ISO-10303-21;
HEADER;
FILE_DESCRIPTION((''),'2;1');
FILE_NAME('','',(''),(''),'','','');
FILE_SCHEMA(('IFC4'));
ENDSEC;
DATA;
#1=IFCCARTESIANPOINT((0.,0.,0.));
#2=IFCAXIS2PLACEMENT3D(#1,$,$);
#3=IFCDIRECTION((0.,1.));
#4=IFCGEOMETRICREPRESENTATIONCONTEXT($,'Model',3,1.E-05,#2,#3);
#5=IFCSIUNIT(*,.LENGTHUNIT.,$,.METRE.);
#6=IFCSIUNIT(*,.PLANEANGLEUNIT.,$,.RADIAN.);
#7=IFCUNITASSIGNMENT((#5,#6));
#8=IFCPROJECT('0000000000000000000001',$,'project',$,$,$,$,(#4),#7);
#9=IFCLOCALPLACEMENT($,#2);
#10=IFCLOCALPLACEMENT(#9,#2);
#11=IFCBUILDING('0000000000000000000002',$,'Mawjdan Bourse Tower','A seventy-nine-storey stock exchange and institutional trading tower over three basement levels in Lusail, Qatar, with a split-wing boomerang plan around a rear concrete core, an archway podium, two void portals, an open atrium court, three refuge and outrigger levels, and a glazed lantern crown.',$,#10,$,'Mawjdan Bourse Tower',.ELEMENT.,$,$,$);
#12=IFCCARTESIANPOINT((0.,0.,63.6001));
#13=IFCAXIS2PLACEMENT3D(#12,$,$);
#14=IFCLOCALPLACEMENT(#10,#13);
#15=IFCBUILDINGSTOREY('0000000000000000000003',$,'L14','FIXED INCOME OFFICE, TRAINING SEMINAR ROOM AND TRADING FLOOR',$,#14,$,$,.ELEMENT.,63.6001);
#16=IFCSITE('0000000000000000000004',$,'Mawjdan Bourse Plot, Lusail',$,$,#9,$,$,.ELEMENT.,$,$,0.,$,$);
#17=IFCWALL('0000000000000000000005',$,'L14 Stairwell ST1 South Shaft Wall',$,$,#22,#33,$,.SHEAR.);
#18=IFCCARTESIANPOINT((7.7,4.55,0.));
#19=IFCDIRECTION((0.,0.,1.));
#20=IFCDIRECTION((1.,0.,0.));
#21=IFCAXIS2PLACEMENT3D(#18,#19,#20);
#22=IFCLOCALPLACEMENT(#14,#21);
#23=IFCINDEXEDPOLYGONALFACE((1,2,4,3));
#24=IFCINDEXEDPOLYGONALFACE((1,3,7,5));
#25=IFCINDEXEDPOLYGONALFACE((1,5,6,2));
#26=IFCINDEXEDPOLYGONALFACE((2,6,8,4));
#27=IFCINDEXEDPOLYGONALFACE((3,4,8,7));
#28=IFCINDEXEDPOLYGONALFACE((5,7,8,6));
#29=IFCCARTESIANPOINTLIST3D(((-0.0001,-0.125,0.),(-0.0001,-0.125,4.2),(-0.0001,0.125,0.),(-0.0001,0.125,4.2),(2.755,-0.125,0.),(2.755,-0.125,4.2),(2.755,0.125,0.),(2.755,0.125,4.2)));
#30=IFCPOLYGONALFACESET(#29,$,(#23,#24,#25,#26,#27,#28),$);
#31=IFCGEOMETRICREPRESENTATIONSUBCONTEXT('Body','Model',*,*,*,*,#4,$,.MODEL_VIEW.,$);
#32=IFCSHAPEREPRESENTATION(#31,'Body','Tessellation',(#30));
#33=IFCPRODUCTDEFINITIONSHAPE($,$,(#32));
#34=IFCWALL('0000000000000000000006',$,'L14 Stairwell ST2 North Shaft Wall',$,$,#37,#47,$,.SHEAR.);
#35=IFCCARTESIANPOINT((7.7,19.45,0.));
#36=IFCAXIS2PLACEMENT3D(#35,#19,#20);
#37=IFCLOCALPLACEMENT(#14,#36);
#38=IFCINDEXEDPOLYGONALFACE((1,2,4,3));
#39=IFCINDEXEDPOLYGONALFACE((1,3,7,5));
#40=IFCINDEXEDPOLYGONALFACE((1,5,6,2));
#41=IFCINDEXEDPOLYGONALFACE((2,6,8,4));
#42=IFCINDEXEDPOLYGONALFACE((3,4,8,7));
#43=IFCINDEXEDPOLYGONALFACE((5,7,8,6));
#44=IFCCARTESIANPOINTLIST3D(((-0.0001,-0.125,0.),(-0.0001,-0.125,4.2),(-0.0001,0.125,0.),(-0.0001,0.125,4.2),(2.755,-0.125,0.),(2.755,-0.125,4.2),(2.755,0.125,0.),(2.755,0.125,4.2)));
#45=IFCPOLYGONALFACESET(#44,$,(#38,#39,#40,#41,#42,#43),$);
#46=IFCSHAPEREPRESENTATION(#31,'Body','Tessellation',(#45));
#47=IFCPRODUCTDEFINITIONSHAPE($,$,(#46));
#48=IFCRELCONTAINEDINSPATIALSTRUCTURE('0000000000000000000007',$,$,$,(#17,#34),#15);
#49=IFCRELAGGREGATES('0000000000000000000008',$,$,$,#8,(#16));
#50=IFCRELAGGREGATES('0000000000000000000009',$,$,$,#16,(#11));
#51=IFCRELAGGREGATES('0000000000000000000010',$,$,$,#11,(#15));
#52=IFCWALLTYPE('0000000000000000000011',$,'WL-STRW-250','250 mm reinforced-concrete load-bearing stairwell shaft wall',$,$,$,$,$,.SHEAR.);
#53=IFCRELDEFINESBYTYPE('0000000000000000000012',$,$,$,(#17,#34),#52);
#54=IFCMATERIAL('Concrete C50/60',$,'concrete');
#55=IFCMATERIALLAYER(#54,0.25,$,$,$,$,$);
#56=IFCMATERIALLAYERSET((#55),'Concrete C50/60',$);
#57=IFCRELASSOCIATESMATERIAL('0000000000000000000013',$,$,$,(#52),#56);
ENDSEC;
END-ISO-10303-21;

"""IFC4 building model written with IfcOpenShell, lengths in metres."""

from ifc_helpers import new_model, si_unit, direction, frame, frame_2d, origin, place, context, subcontext, project, spatial, rectangle, extrude, material, layer, layer_set, type_object, element, save


model = new_model("IFC4")

# Units and contexts
model_context = context("Model", 3, precision=1e-05, world=origin(), true_north=direction((0.0, 1.0)))
body_context = subcontext(model_context, "Body", "Model", "MODEL_VIEW")
ifc_project = project(units=[si_unit("LENGTHUNIT", "METRE"), si_unit("PLANEANGLEUNIT", "RADIAN")], contexts=[model_context])

# Site, building, storey
site_placement = place(None, origin())
site = spatial("IfcSite", under=ifc_project, at=site_placement, Name="Mawjdan Bourse Plot, Lusail", CompositionType="ELEMENT", RefElevation=0.0)
building_placement = place(site_placement, origin())
building = spatial("IfcBuilding", under=site, at=building_placement, Name="Mawjdan Bourse Tower", Description="A seventy-nine-storey stock exchange and institutional trading tower over three basement levels in Lusail, Qatar, with a split-wing boomerang plan around a rear concrete core, an archway podium, two void portals, an open atrium court, three refuge and outrigger levels, and a glazed lantern crown.", LongName="Mawjdan Bourse Tower", CompositionType="ELEMENT")
storey_placement = place(building_placement, frame((0.0, 0.0, 63.6001)))
storey = spatial("IfcBuildingStorey", under=building, at=storey_placement, Name="L14", Description="FIXED INCOME OFFICE, TRAINING SEMINAR ROOM AND TRADING FLOOR", CompositionType="ELEMENT", Elevation=63.6001)

# Shared definitions
ifc_material_1 = material(Name="Concrete C50/60", Category="concrete")

# Walls
ifc_layer_1 = layer(ifc_material_1, 0.25)
ifc_layer_set_1 = layer_set([ifc_layer_1], Name="Concrete C50/60")
wall_type_1 = type_object("IfcWallType", Name="WL-STRW-250", Description="250 mm reinforced-concrete load-bearing stairwell shaft wall", PredefinedType="SHEAR", material=ifc_layer_set_1)
for number, where, z_axis, x_axis, name in (
    (1, (7.7, 4.55, 0.0), (0.0, 0.0, 1.0), (1.0, 0.0, 0.0), "L14 Stairwell ST1 South Shaft Wall"),
    (2, (7.7, 19.45, 0.0), (0.0, 0.0, 1.0), (1.0, 0.0, 0.0), "L14 Stairwell ST2 North Shaft Wall"),
):
    element("IfcWall", number, at=place(storey_placement, frame(where, z_axis=z_axis, x_axis=x_axis)), inside=storey, type_object=wall_type_1, Name=name, PredefinedType="SHEAR", context=body_context, shape_type="SweptSolid", body=[
        extrude(rectangle(XDim=2.7551, YDim=0.25, at=frame_2d((1.3774, 0.0))), origin(), (0.0, 0.0, 1.0), 4.2),
    ])

save(model, "model.ifc")
